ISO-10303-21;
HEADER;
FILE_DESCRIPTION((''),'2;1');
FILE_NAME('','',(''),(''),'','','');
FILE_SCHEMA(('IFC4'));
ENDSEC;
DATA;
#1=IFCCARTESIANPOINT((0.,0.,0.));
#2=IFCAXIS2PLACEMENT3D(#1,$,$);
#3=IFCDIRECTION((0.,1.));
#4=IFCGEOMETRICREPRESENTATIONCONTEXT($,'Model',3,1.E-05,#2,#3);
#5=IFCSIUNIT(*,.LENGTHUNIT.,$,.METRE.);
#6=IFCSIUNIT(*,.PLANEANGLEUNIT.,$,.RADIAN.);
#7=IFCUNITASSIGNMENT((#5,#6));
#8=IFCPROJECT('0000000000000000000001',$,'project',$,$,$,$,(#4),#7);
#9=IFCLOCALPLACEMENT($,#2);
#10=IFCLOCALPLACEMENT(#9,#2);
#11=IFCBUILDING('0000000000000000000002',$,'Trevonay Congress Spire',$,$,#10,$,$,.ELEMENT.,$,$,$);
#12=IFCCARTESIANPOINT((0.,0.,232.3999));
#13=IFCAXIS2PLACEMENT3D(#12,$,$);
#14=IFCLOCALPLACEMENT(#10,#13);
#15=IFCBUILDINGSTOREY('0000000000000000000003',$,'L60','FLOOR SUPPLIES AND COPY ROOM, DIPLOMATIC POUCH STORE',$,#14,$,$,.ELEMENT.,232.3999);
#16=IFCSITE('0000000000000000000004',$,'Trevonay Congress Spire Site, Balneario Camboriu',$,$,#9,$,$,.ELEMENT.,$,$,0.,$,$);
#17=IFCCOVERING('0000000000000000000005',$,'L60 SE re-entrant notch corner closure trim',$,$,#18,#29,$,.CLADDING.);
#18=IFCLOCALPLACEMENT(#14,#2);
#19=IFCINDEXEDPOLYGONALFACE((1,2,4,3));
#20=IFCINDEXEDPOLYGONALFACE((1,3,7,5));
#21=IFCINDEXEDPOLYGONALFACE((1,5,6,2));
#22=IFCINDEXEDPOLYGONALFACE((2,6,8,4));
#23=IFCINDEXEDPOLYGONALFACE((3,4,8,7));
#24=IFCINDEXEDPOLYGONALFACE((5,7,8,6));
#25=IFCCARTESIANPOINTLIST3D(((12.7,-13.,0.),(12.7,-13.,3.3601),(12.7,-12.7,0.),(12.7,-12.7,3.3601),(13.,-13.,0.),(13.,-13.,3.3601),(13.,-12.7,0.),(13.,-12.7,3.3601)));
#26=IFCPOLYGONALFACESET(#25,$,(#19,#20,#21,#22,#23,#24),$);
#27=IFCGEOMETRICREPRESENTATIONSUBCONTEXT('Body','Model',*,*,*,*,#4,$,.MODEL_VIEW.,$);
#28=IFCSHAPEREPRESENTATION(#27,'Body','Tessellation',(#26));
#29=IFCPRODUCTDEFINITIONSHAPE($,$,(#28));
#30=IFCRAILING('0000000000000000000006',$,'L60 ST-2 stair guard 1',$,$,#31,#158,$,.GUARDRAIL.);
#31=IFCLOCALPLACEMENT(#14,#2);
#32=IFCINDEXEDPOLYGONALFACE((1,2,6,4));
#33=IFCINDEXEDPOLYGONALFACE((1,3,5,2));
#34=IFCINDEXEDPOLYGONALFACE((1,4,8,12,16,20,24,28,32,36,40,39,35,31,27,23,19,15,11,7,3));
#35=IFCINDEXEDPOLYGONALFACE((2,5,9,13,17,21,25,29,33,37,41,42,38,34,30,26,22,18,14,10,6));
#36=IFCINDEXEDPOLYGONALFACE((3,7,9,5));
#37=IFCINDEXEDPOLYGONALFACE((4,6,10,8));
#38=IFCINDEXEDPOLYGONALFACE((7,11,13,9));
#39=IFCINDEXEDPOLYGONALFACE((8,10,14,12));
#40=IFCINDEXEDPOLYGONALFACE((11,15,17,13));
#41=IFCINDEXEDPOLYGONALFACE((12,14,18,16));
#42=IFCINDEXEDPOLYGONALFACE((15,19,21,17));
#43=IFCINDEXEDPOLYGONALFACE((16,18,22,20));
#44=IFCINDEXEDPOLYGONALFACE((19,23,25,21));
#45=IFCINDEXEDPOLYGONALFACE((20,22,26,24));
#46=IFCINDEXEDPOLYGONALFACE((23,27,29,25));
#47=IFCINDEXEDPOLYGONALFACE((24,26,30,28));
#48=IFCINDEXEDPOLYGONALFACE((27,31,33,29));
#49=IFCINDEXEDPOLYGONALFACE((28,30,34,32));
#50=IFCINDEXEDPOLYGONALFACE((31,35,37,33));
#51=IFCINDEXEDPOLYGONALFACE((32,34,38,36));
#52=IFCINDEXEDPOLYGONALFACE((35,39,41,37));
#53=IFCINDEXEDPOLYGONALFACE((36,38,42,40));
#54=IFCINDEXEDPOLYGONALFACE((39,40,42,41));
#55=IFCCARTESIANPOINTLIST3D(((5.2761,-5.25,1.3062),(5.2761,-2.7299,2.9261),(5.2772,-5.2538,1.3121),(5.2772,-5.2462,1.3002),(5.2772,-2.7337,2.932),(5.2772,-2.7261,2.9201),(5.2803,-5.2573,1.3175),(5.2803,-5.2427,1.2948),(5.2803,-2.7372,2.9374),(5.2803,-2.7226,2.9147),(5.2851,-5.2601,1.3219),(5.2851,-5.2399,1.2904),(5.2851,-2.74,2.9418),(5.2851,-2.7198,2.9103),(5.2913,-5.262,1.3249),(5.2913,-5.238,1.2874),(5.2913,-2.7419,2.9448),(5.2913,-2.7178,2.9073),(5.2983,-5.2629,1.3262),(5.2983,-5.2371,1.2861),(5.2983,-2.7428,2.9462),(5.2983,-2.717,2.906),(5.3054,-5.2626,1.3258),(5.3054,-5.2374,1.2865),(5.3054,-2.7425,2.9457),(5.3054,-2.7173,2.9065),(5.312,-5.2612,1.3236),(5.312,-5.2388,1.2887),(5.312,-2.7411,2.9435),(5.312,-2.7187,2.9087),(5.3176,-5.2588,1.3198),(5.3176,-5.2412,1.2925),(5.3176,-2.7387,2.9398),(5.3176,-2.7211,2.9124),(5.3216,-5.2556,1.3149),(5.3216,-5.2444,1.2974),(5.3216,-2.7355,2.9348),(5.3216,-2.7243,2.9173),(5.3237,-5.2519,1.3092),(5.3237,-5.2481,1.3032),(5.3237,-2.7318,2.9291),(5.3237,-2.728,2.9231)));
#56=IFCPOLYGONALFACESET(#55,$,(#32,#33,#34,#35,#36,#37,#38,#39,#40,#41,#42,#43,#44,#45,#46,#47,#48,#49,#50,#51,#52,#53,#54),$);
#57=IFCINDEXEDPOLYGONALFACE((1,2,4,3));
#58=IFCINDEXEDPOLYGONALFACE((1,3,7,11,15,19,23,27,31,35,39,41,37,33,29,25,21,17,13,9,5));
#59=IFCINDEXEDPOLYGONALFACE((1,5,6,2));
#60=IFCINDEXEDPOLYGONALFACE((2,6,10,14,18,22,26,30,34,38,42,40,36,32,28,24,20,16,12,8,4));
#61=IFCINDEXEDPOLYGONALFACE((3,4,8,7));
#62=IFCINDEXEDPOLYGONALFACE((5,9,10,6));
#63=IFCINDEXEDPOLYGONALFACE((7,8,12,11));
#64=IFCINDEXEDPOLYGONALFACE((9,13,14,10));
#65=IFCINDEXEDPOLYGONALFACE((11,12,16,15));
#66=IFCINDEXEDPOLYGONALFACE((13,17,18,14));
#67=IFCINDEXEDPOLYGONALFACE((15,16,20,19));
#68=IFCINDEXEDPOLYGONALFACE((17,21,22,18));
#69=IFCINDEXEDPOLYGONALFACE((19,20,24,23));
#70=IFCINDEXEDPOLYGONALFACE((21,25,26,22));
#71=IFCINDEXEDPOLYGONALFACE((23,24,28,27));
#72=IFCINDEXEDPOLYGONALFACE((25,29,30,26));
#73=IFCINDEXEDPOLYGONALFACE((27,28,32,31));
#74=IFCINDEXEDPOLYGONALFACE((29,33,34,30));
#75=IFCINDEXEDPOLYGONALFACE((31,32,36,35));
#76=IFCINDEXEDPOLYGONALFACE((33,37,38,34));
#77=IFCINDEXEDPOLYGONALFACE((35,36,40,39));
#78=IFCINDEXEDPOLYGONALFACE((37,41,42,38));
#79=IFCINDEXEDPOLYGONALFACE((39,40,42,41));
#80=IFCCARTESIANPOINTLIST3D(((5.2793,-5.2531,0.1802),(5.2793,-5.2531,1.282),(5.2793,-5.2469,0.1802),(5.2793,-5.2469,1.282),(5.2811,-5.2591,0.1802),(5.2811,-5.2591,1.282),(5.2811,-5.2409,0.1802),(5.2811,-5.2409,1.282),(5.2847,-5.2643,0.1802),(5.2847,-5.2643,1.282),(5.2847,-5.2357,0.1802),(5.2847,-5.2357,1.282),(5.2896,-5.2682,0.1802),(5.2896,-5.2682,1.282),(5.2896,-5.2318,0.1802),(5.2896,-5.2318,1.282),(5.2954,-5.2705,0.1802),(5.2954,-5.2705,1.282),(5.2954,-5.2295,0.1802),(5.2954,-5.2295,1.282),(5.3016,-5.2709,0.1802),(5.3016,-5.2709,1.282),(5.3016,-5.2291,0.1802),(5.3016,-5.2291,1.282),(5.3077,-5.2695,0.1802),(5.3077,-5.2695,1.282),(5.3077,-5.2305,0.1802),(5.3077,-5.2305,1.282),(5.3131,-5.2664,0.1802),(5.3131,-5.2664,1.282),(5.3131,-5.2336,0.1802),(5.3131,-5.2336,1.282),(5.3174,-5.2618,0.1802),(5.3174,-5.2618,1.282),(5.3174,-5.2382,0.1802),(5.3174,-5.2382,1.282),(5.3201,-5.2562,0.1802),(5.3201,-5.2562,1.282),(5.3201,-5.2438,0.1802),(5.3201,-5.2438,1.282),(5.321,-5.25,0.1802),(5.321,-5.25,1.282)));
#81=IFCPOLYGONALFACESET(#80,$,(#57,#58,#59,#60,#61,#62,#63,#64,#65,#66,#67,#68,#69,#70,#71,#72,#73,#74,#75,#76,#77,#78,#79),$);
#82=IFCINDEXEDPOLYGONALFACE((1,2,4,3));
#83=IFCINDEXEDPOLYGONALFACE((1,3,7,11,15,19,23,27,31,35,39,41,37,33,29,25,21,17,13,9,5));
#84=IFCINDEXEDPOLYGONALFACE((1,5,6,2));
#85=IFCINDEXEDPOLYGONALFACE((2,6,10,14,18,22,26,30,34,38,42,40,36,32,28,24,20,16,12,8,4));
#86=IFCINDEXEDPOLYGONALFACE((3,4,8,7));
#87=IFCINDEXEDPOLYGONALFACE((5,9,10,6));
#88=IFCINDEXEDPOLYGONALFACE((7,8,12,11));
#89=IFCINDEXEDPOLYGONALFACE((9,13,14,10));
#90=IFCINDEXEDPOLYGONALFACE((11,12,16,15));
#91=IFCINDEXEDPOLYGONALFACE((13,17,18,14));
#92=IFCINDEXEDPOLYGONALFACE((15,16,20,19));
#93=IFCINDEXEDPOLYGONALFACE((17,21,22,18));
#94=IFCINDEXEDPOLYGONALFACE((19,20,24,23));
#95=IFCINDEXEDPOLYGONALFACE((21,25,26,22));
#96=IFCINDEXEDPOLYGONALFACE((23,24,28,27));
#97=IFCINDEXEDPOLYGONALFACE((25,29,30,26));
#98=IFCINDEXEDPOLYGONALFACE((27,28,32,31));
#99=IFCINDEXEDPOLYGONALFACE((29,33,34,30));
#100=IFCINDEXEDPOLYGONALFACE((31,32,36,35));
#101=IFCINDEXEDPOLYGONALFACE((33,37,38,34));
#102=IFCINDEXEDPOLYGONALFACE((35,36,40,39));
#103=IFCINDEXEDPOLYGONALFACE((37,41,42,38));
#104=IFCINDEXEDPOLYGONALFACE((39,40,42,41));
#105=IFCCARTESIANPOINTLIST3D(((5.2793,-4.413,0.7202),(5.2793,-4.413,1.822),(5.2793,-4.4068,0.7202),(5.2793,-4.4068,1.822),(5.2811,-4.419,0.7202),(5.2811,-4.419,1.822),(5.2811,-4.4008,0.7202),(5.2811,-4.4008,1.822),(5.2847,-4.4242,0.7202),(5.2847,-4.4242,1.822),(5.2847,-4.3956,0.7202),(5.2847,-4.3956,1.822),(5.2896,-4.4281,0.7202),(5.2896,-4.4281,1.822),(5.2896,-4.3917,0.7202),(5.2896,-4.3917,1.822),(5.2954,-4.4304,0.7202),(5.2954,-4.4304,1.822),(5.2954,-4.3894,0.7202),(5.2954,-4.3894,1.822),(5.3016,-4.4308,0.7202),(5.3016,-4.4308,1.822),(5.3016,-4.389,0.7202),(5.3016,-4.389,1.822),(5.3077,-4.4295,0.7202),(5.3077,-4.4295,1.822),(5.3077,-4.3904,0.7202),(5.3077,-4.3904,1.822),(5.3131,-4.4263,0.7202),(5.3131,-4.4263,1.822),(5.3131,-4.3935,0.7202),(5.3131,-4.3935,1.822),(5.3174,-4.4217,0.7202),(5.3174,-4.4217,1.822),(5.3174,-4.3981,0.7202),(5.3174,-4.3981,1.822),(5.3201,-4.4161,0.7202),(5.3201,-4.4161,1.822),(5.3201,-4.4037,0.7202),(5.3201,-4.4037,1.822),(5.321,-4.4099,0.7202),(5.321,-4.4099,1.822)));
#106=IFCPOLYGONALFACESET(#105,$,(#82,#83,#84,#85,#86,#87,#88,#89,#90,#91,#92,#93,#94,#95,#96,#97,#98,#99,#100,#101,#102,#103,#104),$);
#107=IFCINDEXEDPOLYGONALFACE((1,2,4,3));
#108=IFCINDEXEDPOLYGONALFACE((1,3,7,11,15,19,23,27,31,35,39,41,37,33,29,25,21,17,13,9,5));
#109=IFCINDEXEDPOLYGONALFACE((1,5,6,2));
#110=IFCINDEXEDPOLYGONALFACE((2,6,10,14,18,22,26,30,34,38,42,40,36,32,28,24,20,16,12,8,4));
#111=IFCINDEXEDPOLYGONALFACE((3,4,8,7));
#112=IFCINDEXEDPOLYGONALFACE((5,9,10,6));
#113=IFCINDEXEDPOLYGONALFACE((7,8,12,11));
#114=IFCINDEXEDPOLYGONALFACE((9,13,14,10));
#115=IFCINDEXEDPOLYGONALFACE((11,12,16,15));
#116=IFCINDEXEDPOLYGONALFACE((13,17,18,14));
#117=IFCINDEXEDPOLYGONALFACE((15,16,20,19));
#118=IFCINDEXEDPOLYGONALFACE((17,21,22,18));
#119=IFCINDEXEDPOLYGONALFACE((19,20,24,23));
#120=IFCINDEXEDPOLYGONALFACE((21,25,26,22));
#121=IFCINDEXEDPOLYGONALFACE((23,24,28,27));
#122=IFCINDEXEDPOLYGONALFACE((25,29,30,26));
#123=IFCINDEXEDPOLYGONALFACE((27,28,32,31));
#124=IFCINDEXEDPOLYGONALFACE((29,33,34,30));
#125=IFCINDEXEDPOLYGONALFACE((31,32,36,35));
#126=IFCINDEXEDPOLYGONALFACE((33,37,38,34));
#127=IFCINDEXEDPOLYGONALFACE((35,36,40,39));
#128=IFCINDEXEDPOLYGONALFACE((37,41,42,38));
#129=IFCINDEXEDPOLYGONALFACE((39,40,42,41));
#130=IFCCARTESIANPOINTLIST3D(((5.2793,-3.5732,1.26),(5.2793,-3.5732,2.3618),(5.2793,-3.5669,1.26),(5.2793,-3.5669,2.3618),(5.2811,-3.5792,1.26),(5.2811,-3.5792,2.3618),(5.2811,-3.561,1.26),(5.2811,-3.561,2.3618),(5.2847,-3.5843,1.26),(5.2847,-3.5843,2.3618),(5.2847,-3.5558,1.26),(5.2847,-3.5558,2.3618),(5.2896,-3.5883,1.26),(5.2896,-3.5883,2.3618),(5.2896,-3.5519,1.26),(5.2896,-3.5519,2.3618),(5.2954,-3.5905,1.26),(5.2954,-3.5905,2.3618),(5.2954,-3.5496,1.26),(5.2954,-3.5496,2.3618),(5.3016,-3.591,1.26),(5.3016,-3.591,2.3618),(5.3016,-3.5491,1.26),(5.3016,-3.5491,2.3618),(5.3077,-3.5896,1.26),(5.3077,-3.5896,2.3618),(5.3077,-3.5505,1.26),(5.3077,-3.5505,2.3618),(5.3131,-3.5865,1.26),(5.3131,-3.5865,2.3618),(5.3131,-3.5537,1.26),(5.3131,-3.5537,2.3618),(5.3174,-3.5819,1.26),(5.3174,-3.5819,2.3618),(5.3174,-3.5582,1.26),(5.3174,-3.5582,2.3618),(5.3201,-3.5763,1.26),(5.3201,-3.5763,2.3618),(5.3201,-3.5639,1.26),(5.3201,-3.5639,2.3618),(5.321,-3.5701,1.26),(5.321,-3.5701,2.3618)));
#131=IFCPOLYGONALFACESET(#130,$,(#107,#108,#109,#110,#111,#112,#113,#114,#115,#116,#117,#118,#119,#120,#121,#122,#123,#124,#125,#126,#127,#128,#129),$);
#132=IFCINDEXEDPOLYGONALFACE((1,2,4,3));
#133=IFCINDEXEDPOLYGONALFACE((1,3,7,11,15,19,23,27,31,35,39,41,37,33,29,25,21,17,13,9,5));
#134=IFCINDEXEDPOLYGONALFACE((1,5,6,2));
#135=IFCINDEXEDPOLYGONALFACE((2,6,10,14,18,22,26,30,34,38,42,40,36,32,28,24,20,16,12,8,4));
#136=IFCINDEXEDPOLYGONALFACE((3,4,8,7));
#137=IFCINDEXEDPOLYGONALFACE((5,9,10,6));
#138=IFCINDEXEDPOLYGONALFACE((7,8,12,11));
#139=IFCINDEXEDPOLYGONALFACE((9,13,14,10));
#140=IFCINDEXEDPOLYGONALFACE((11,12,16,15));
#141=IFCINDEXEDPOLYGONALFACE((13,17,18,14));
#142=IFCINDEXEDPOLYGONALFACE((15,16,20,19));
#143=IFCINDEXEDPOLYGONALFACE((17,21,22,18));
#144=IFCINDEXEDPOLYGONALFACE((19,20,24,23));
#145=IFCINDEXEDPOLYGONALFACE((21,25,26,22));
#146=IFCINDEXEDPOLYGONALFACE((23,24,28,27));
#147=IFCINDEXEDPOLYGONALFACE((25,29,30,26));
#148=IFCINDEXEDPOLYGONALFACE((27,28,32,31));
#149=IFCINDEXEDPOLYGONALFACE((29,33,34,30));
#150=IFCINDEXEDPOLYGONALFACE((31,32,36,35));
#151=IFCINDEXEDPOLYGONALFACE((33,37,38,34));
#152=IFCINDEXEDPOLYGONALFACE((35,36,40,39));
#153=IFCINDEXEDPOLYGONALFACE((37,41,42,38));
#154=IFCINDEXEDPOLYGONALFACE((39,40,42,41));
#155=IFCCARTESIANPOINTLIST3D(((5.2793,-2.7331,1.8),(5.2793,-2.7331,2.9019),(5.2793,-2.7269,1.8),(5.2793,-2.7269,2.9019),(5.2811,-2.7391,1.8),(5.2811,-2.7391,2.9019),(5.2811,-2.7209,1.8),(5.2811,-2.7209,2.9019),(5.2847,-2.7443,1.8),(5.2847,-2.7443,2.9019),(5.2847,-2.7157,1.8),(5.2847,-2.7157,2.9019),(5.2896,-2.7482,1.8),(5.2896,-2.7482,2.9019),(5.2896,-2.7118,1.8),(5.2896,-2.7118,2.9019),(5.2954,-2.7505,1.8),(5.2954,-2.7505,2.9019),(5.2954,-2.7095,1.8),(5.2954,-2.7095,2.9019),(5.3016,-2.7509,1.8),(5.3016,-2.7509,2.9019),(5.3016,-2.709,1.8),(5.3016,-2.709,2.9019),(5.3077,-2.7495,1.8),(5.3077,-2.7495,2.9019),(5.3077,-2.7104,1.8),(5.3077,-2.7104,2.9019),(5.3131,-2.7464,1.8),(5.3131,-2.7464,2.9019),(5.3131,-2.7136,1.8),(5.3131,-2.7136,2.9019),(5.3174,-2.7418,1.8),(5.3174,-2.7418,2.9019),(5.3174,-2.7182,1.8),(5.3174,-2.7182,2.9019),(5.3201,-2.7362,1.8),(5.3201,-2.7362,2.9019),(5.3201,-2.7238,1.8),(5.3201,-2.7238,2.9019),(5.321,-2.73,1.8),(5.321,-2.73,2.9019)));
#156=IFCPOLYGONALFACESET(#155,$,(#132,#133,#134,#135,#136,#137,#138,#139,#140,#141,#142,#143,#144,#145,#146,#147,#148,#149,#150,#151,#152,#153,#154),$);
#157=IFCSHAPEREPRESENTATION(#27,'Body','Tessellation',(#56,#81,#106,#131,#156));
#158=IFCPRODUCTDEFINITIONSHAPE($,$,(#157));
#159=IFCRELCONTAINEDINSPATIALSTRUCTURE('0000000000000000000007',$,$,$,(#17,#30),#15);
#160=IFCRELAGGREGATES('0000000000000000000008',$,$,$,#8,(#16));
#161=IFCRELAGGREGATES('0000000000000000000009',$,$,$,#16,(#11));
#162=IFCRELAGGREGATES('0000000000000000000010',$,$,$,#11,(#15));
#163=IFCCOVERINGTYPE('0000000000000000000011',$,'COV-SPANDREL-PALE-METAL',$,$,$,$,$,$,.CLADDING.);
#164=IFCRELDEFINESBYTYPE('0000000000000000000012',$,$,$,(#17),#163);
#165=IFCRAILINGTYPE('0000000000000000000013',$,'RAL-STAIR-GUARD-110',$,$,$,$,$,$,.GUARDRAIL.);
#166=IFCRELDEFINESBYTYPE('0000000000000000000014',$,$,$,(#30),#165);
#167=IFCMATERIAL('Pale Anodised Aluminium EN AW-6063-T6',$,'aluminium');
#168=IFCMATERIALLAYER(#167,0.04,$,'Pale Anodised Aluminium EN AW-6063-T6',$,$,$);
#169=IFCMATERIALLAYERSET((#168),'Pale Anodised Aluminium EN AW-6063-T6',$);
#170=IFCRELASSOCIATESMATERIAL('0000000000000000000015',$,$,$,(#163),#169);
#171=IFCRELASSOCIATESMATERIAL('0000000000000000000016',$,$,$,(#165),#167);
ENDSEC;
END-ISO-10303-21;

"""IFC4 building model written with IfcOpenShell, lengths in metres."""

from ifc_helpers import new_model, si_unit, direction, frame, origin, origin_2d, place, context, subcontext, project, spatial, polyline, circle, outline, extrude, material, layer, layer_set, type_object, element, save


model = new_model("IFC4")

# Units and contexts
model_context = context("Model", 3, precision=1e-05, world=origin(), true_north=direction((0.0, 1.0)))
body_context = subcontext(model_context, "Body", "Model", "MODEL_VIEW")
ifc_project = project(units=[si_unit("LENGTHUNIT", "METRE"), si_unit("PLANEANGLEUNIT", "RADIAN")], contexts=[model_context])

# Site, building, storey
site_placement = place(None, origin())
site = spatial("IfcSite", under=ifc_project, at=site_placement, Name="Trevonay Congress Spire Site, Balneario Camboriu", CompositionType="ELEMENT", RefElevation=0.0)
building_placement = place(site_placement, origin())
building = spatial("IfcBuilding", under=site, at=building_placement, Name="Trevonay Congress Spire", CompositionType="ELEMENT")
storey_placement = place(building_placement, frame((0.0, 0.0, 232.3999)))
storey = spatial("IfcBuildingStorey", under=building, at=storey_placement, Name="L60", Description="FLOOR SUPPLIES AND COPY ROOM, DIPLOMATIC POUCH STORE", CompositionType="ELEMENT", Elevation=232.3999)

# Covering
ifc_material_1 = material(Name="Pale Anodised Aluminium EN AW-6063-T6", Category="aluminium")
ifc_layer_1 = layer(ifc_material_1, 0.04, Name="Pale Anodised Aluminium EN AW-6063-T6")
ifc_layer_set_1 = layer_set([ifc_layer_1], Name="Pale Anodised Aluminium EN AW-6063-T6")
covering_type = type_object("IfcCoveringType", Name="COV-SPANDREL-PALE-METAL", PredefinedType="CLADDING", material=ifc_layer_set_1)
covering_1_placement = place(storey_placement, origin())
element("IfcCovering", 1, at=covering_1_placement, inside=storey, type_object=covering_type, Name="L60 SE re-entrant notch corner closure trim", PredefinedType="CLADDING", context=body_context, shape_type="SweptSolid", body=[
    extrude(outline(polyline([(12.7, -13.0), (13.0, -13.0), (13.0, -12.7), (12.7, -12.7), (12.7, -13.0)])), origin(), (0.0, 0.0, 1.0), 3.3601),
])

# Railing
railing_type_1 = type_object("IfcRailingType", Name="RAL-STAIR-GUARD-110", PredefinedType="GUARDRAIL", material=ifc_material_1)
railing_1_placement = place(storey_placement, frame((5.3, -5.25, 0.1802)))
element("IfcRailing", 2, at=railing_1_placement, inside=storey, type_object=railing_type_1, Name="L60 ST-2 stair guard 1", PredefinedType="GUARDRAIL", context=body_context, shape_type="SweptSolid", body=[
    extrude(circle(Radius=0.0239, at=origin_2d()), frame((0.0, 0.0, 1.126), z_axis=(0.0, 0.8412, 0.540725), x_axis=(-1.0, 0.0, 0.0)), (0.0, 0.0, 1.0), 2.9958),
    extrude(circle(Radius=0.021, at=origin_2d()), origin(), (0.0, 0.0, 1.0), 1.1018),
    extrude(circle(Radius=0.021, at=origin_2d()), frame((0.0, 0.8401, 0.54)), (0.0, 0.0, 1.0), 1.1018),
    extrude(circle(Radius=0.021, at=origin_2d()), frame((0.0, 1.6799, 1.0798)), (0.0, 0.0, 1.0), 1.1018),
    extrude(circle(Radius=0.021, at=origin_2d()), frame((0.0, 2.52, 1.6199)), (0.0, 0.0, 1.0), 1.1018),
])

save(model, "model.ifc")
